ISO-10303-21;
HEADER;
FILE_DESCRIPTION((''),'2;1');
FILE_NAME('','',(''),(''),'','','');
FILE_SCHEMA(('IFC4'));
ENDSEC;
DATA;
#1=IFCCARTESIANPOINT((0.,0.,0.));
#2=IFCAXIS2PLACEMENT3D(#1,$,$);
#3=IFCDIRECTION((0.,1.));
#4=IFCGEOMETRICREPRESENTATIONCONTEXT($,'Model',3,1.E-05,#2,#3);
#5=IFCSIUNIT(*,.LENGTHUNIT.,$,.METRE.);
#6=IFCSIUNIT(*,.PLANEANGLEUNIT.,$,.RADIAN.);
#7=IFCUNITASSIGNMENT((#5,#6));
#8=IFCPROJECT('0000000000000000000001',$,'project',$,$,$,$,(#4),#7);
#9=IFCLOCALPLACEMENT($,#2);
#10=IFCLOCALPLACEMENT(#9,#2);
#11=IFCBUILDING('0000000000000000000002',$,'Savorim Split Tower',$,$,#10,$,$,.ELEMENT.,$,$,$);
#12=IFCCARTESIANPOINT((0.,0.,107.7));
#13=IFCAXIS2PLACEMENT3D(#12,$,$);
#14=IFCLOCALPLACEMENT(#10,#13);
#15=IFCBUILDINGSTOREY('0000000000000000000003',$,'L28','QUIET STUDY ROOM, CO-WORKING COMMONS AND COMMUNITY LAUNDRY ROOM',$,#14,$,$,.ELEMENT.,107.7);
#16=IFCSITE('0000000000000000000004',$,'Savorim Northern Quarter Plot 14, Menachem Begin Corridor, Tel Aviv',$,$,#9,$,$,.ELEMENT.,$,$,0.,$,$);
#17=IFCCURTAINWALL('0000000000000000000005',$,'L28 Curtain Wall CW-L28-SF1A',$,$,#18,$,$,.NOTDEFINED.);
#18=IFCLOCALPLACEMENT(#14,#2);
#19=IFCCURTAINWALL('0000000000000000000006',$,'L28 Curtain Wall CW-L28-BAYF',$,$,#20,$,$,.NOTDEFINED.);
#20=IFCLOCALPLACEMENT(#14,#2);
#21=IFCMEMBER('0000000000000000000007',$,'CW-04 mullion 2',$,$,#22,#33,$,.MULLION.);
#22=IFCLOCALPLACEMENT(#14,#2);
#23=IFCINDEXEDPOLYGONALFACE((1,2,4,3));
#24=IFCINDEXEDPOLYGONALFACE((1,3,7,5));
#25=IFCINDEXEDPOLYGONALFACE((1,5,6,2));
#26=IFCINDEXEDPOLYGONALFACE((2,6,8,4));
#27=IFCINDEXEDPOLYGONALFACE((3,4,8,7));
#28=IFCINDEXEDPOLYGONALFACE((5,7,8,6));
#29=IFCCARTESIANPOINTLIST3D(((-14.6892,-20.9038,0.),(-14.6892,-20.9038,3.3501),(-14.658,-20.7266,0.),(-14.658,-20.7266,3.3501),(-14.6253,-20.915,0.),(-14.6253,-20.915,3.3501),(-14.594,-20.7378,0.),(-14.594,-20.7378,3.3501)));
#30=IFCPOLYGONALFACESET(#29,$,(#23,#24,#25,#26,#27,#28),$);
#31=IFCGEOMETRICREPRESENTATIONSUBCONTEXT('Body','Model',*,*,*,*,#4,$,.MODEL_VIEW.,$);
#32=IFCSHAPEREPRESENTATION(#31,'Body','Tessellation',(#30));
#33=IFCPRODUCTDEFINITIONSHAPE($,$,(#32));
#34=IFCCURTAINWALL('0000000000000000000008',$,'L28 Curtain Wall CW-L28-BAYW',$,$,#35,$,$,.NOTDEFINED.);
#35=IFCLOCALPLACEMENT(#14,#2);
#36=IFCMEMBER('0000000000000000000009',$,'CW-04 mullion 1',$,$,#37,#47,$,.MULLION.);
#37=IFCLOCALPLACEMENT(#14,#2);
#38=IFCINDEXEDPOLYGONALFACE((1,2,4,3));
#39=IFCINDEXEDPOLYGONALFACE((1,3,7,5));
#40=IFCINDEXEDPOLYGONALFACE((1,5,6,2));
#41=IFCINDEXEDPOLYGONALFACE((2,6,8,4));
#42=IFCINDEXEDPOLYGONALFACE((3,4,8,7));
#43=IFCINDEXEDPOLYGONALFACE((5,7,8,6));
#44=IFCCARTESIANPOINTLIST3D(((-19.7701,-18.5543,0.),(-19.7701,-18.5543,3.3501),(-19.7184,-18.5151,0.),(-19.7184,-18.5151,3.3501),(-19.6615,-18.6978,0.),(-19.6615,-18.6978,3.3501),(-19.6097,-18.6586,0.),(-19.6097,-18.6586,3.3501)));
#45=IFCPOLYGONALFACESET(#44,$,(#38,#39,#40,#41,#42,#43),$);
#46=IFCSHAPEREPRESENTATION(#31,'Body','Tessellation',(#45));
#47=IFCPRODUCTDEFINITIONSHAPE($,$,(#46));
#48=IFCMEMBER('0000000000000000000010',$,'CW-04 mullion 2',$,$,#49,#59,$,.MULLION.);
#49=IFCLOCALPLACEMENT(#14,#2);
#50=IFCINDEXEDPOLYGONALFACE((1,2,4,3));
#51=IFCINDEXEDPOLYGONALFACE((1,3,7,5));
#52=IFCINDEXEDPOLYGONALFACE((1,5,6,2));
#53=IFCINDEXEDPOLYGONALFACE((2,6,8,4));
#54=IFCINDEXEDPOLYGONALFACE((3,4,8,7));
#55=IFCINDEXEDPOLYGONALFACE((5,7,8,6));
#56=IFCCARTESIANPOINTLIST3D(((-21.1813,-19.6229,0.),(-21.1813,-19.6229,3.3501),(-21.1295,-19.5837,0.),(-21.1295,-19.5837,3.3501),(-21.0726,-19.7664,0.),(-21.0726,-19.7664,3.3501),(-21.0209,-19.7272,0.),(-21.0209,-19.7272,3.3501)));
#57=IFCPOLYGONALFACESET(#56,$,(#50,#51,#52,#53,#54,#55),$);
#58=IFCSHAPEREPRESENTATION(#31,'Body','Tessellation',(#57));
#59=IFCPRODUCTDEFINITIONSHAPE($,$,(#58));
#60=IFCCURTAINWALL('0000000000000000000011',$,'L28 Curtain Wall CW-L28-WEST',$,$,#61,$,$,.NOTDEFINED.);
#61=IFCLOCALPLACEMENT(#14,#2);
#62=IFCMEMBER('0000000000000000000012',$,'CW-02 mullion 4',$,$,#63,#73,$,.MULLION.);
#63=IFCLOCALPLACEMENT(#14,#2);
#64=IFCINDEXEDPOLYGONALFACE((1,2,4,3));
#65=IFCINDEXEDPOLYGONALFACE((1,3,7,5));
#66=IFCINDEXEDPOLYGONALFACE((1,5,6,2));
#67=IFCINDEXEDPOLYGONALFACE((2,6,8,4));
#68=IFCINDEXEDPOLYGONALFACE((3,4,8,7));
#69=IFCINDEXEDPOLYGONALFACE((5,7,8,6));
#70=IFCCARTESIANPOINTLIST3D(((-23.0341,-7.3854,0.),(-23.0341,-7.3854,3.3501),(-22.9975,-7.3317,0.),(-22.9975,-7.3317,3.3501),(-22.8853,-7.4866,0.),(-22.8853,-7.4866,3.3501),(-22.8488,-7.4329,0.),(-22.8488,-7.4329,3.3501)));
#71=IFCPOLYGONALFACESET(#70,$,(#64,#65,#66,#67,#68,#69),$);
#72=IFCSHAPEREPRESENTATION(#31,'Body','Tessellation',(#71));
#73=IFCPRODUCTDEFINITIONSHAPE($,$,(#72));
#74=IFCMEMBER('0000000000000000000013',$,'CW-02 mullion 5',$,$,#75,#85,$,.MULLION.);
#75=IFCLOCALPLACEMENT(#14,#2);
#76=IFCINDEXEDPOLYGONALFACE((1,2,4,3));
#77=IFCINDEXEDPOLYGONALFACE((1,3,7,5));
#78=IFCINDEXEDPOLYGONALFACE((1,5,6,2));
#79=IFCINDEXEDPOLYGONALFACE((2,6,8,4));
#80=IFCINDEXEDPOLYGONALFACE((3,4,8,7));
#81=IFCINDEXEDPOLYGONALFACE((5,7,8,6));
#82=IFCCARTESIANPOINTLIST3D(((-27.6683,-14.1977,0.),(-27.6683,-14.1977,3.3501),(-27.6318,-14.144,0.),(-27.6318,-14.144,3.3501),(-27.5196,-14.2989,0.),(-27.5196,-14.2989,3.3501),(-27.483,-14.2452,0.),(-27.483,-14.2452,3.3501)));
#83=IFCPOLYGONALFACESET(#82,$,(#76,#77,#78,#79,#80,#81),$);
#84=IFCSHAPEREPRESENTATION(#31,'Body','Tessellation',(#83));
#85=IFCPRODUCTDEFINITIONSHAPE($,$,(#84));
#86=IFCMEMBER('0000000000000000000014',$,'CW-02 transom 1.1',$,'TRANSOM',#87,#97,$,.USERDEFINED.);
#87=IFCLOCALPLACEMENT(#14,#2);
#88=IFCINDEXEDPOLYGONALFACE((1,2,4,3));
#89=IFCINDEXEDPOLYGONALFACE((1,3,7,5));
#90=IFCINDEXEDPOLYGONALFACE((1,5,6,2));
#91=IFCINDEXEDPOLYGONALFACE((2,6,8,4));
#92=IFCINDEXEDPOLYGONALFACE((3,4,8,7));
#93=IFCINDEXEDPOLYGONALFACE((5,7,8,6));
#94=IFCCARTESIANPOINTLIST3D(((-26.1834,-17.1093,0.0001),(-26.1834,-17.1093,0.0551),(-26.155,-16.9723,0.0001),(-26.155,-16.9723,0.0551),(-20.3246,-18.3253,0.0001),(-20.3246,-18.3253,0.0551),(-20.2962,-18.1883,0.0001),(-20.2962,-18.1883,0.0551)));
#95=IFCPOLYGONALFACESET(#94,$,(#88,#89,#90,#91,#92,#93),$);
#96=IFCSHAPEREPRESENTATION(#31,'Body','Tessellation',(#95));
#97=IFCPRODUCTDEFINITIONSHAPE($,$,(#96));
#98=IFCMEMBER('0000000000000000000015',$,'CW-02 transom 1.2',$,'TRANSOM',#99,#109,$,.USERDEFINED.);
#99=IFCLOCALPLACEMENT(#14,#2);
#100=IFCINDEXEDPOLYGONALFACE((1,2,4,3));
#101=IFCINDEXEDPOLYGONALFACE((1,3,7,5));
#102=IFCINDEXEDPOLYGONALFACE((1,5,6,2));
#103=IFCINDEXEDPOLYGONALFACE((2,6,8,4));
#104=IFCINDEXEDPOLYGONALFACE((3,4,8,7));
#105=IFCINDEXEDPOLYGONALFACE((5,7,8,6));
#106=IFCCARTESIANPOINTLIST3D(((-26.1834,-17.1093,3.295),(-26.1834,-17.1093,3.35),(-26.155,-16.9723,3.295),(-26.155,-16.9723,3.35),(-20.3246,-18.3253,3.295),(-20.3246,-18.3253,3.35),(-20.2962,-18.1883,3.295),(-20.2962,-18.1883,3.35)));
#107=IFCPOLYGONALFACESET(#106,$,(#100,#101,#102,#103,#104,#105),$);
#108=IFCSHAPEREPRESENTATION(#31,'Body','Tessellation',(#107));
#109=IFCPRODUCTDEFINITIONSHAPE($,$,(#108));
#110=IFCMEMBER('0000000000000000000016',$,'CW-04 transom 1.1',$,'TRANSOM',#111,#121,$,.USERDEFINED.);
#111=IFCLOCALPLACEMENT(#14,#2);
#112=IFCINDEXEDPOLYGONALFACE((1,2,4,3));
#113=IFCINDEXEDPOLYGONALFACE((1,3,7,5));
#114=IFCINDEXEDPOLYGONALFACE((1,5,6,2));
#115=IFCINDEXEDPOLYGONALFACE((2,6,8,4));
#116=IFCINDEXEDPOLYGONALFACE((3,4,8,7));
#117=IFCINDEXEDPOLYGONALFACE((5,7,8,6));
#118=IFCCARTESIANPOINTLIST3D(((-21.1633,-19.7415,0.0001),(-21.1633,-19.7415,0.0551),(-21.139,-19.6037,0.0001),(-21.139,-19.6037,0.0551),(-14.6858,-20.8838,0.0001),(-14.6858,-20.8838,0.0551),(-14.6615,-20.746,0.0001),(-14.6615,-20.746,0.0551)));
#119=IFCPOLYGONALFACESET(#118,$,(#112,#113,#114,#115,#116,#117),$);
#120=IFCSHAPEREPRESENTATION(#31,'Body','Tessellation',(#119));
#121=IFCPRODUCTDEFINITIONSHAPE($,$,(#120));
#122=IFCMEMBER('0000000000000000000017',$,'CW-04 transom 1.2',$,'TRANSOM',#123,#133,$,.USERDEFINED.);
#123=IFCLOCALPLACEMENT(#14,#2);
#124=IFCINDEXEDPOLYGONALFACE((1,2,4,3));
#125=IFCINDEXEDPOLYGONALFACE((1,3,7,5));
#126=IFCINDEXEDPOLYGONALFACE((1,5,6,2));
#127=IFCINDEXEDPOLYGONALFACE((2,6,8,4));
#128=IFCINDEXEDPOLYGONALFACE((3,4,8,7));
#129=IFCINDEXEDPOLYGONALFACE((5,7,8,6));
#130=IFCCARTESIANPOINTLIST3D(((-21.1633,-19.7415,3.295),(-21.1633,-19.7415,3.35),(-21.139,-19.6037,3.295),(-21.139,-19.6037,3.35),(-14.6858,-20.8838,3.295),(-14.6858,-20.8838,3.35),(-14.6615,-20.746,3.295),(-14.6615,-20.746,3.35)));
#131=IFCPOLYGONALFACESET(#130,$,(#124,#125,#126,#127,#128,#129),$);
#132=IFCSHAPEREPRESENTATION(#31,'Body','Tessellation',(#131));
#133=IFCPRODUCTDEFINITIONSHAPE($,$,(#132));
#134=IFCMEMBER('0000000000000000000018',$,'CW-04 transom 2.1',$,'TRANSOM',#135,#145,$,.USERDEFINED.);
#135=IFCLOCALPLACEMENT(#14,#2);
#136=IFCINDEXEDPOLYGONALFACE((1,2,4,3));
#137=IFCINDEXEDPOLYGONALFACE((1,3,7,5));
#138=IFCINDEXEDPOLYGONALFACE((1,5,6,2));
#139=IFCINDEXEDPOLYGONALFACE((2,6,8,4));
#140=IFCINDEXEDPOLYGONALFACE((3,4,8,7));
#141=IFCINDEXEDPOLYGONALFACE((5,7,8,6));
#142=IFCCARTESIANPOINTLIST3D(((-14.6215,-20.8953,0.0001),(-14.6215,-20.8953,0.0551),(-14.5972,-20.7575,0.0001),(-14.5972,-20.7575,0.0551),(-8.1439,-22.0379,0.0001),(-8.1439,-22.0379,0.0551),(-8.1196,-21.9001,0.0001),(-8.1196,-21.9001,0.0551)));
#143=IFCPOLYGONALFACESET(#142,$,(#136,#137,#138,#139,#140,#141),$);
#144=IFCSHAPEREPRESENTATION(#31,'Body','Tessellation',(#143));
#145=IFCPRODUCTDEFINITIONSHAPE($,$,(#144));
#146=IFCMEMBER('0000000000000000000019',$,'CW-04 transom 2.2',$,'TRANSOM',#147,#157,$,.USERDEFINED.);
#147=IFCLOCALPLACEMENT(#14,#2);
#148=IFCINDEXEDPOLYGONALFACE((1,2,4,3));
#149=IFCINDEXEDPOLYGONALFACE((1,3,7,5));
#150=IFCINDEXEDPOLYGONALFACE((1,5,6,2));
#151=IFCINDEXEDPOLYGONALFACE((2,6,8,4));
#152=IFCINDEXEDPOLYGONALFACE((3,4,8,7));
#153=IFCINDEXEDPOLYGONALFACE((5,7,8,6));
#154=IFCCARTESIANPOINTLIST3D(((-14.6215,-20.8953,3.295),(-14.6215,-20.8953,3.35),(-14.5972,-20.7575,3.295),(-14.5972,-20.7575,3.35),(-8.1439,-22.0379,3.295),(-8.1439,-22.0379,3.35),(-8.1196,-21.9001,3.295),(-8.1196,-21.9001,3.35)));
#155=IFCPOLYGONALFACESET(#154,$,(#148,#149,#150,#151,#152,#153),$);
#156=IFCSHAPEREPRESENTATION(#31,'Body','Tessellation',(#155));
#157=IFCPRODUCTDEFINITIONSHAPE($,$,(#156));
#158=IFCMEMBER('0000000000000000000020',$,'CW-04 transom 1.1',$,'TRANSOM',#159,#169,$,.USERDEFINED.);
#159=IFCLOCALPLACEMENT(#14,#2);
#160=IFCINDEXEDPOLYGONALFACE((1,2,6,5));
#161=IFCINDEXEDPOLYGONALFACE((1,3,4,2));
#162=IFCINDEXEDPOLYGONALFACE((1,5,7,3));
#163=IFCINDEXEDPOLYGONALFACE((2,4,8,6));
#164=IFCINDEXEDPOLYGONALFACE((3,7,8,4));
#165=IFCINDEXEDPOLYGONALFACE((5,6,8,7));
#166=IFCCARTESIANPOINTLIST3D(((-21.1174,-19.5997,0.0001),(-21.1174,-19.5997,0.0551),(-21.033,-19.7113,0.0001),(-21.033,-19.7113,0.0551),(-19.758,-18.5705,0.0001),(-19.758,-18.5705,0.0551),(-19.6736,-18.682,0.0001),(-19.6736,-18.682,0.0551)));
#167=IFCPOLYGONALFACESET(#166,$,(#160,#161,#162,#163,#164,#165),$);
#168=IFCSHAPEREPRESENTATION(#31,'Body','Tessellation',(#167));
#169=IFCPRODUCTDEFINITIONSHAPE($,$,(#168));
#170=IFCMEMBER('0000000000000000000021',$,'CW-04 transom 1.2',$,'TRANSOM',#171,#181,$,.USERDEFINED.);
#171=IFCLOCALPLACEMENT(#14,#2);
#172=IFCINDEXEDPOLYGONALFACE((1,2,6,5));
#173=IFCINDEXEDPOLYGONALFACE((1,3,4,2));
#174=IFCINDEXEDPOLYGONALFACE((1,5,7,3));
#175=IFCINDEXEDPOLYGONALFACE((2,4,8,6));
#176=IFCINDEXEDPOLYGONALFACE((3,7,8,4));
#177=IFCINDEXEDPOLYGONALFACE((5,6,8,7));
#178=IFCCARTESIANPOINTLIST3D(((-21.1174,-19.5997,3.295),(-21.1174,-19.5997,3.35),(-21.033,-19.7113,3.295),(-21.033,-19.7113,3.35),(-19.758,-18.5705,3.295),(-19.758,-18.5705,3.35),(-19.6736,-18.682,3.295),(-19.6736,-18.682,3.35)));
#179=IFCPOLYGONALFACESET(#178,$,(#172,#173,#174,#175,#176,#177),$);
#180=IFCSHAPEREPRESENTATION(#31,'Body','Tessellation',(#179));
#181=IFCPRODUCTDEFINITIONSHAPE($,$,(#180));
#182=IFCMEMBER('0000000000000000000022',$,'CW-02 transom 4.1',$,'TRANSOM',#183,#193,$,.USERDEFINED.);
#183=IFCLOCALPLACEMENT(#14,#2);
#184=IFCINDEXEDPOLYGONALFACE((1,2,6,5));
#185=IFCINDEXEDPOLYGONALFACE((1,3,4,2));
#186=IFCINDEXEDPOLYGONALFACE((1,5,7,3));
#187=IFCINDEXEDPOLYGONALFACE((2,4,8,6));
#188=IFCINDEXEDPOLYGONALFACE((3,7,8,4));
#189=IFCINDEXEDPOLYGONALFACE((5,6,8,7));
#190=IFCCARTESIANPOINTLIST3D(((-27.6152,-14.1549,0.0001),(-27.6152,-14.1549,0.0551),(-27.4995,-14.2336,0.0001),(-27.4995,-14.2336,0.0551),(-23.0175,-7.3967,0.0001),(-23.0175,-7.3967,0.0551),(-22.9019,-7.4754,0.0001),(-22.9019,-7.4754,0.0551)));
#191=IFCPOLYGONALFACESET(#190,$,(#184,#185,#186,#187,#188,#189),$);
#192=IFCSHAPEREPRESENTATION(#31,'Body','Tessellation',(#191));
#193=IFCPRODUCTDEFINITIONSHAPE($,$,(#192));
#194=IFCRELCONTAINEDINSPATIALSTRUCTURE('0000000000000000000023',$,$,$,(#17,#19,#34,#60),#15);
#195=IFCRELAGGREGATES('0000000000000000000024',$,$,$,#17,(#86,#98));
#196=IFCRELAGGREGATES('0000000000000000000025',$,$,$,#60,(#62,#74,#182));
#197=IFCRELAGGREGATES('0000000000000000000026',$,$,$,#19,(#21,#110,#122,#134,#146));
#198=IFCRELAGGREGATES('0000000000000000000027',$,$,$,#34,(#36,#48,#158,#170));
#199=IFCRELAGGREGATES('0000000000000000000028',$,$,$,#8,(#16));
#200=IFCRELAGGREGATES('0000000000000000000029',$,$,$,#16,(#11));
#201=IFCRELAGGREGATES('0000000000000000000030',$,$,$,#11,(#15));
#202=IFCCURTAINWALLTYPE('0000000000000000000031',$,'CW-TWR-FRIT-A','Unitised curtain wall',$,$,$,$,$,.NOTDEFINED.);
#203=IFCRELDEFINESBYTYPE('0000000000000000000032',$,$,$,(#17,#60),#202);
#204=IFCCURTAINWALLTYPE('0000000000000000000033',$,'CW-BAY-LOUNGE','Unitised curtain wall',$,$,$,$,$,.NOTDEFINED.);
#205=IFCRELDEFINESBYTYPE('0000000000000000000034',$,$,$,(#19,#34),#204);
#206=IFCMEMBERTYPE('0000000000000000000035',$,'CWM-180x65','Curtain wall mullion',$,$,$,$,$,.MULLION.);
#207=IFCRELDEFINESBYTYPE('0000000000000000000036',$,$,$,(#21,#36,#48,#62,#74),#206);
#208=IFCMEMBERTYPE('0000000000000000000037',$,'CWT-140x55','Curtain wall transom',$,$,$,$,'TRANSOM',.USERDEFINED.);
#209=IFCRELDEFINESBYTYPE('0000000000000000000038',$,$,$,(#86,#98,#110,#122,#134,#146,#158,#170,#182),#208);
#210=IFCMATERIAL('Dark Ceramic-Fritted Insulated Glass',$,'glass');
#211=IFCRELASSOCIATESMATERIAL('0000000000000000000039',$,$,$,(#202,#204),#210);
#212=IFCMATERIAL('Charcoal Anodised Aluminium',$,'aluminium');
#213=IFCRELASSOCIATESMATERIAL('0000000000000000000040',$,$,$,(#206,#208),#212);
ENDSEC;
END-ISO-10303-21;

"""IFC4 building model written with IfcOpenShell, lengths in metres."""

from ifc_helpers import new_model, si_unit, direction, frame, origin, origin_2d, place, context, subcontext, project, spatial, rectangle, extrude, material, material_profile, profile_set, type_object, element, aggregate, save


model = new_model("IFC4")

# Units and contexts
model_context = context("Model", 3, precision=1e-05, world=origin(), true_north=direction((0.0, 1.0)))
body_context = subcontext(model_context, "Body", "Model", "MODEL_VIEW")
ifc_project = project(units=[si_unit("LENGTHUNIT", "METRE"), si_unit("PLANEANGLEUNIT", "RADIAN")], contexts=[model_context])

# Site, building, storey
site_placement = place(None, origin())
site = spatial("IfcSite", under=ifc_project, at=site_placement, Name="Savorim Northern Quarter Plot 14, Menachem Begin Corridor, Tel Aviv", CompositionType="ELEMENT", RefElevation=0.0)
building_placement = place(site_placement, origin())
building = spatial("IfcBuilding", under=site, at=building_placement, Name="Savorim Split Tower", CompositionType="ELEMENT")
storey_placement = place(building_placement, frame((0.0, 0.0, 107.7)))
storey = spatial("IfcBuildingStorey", under=building, at=storey_placement, Name="L28", Description="QUIET STUDY ROOM, CO-WORKING COMMONS AND COMMUNITY LAUNDRY ROOM", CompositionType="ELEMENT", Elevation=107.7)

# Curtain walls, members
ifc_material_1 = material(Name="Dark Ceramic-Fritted Insulated Glass", Category="glass")
curtain_wall_type_1 = type_object("IfcCurtainWallType", Name="CW-TWR-FRIT-A", Description="Unitised curtain wall", PredefinedType="NOTDEFINED", material=ifc_material_1)
curtain_wall_1_placement = place(storey_placement, origin())
curtain_wall_1 = element("IfcCurtainWall", 1, at=curtain_wall_1_placement, inside=storey, type_object=curtain_wall_type_1, Name="L28 Curtain Wall CW-L28-SF1A", PredefinedType="NOTDEFINED")
ifc_material_2 = material(Name="Charcoal Anodised Aluminium", Category="aluminium")
ifc_material_profile_1 = material_profile(ifc_material_2, rectangle(XDim=0.1799, YDim=0.0649, at=origin_2d()), Name="ALU-M 180x65")
ifc_profile_set_1 = profile_set([ifc_material_profile_1], Name="Charcoal Anodised Aluminium")
member_type_1 = type_object("IfcMemberType", Name="CWM-180x65", Description="Curtain wall mullion", PredefinedType="MULLION", material=ifc_profile_set_1)
curtain_wall_type_2 = type_object("IfcCurtainWallType", Name="CW-BAY-LOUNGE", Description="Unitised curtain wall", PredefinedType="NOTDEFINED", material=ifc_material_1)
curtain_wall_2_placement = place(storey_placement, origin())
curtain_wall_2 = element("IfcCurtainWall", 2, at=curtain_wall_2_placement, inside=storey, type_object=curtain_wall_type_2, Name="L28 Curtain Wall CW-L28-BAYF", PredefinedType="NOTDEFINED")
member_1_placement = place(storey_placement, frame((-14.6416, -20.8208, 0.0), z_axis=(0.0, 0.0, 1.0), x_axis=(0.173703, 0.984798, 0.0)))
member_1 = element("IfcMember", 3, at=member_1_placement, type_object=member_type_1, Name="CW-04 mullion 2", PredefinedType="MULLION", context=body_context, shape_type="SweptSolid", body=[
    extrude(rectangle(XDim=0.1799, YDim=0.0649, at=origin_2d()), origin(), (0.0, 0.0, 1.0), 3.3501),
])
curtain_wall_3_placement = place(storey_placement, origin())
curtain_wall_3 = element("IfcCurtainWall", 4, at=curtain_wall_3_placement, inside=storey, type_object=curtain_wall_type_2, Name="L28 Curtain Wall CW-L28-BAYW", PredefinedType="NOTDEFINED")
member_2_placement = place(storey_placement, frame((-19.6899, -18.6064, 0.0), z_axis=(0.0, 0.0, 1.0), x_axis=(0.603725, -0.797192, 0.0)))
member_2 = element("IfcMember", 5, at=member_2_placement, type_object=member_type_1, Name="CW-04 mullion 1", PredefinedType="MULLION", context=body_context, shape_type="SweptSolid", body=[
    extrude(rectangle(XDim=0.1799, YDim=0.0649, at=origin_2d()), origin(), (0.0, 0.0, 1.0), 3.3501),
])
member_3_placement = place(storey_placement, frame((-21.1011, -19.675, 0.0), z_axis=(0.0, 0.0, 1.0), x_axis=(0.603725, -0.797192, 0.0)))
member_3 = element("IfcMember", 6, at=member_3_placement, type_object=member_type_1, Name="CW-04 mullion 2", PredefinedType="MULLION", context=body_context, shape_type="SweptSolid", body=[
    extrude(rectangle(XDim=0.1799, YDim=0.0649, at=origin_2d()), origin(), (0.0, 0.0, 1.0), 3.3501),
])
curtain_wall_4_placement = place(storey_placement, origin())
curtain_wall_4 = element("IfcCurtainWall", 7, at=curtain_wall_4_placement, inside=storey, type_object=curtain_wall_type_1, Name="L28 Curtain Wall CW-L28-WEST", PredefinedType="NOTDEFINED")
member_4_placement = place(storey_placement, frame((-22.9414, -7.4092, 0.0), z_axis=(0.0, 0.0, 1.0), x_axis=(0.82682, -0.562467, 0.0)))
member_4 = element("IfcMember", 8, at=member_4_placement, type_object=member_type_1, Name="CW-02 mullion 4", PredefinedType="MULLION", context=body_context, shape_type="SweptSolid", body=[
    extrude(rectangle(XDim=0.1799, YDim=0.0649, at=origin_2d()), origin(), (0.0, 0.0, 1.0), 3.3501),
])
member_5_placement = place(storey_placement, frame((-27.5757, -14.2214, 0.0), z_axis=(0.0, 0.0, 1.0), x_axis=(0.82682, -0.562467, 0.0)))
member_5 = element("IfcMember", 9, at=member_5_placement, type_object=member_type_1, Name="CW-02 mullion 5", PredefinedType="MULLION", context=body_context, shape_type="SweptSolid", body=[
    extrude(rectangle(XDim=0.1799, YDim=0.0649, at=origin_2d()), origin(), (0.0, 0.0, 1.0), 3.3501),
])

# Members
ifc_material_profile_2 = material_profile(ifc_material_2, rectangle(XDim=0.1399, YDim=0.0549, at=origin_2d()), Name="ALU-T 140x55")
ifc_profile_set_2 = profile_set([ifc_material_profile_2], Name="Charcoal Anodised Aluminium")
member_type_2 = type_object("IfcMemberType", Name="CWT-140x55", Description="Curtain wall transom", ElementType="TRANSOM", PredefinedType="USERDEFINED", material=ifc_profile_set_2)
member_6_placement = place(storey_placement, frame((-26.1692, -17.0408, 0.0276), z_axis=(0.979132, -0.203228, 0.0), x_axis=(0.203228, 0.979132, 0.0)))
member_6 = element("IfcMember", 10, at=member_6_placement, type_object=member_type_2, Name="CW-02 transom 1.1", ObjectType="TRANSOM", PredefinedType="USERDEFINED", context=body_context, shape_type="SweptSolid", body=[
    extrude(rectangle(XDim=0.1399, YDim=0.0549, at=origin_2d()), origin(), (0.0, 0.0, 1.0), 5.9836),
])
member_7_placement = place(storey_placement, frame((-26.1692, -17.0408, 3.3225), z_axis=(0.979132, -0.203228, 0.0), x_axis=(0.203228, 0.979132, 0.0)))
member_7 = element("IfcMember", 11, at=member_7_placement, type_object=member_type_2, Name="CW-02 transom 1.2", ObjectType="TRANSOM", PredefinedType="USERDEFINED", context=body_context, shape_type="SweptSolid", body=[
    extrude(rectangle(XDim=0.1399, YDim=0.0549, at=origin_2d()), origin(), (0.0, 0.0, 1.0), 5.9836),
])
member_8_placement = place(storey_placement, frame((-21.1511, -19.6726, 0.0276), z_axis=(0.984803, -0.173673, 0.0), x_axis=(0.173673, 0.984803, 0.0)))
member_8 = element("IfcMember", 12, at=member_8_placement, type_object=member_type_2, Name="CW-04 transom 1.1", ObjectType="TRANSOM", PredefinedType="USERDEFINED", context=body_context, shape_type="SweptSolid", body=[
    extrude(rectangle(XDim=0.1399, YDim=0.0549, at=origin_2d()), origin(), (0.0, 0.0, 1.0), 6.5774),
])
member_9_placement = place(storey_placement, frame((-21.1511, -19.6726, 3.3225), z_axis=(0.984803, -0.173673, 0.0), x_axis=(0.173673, 0.984803, 0.0)))
member_9 = element("IfcMember", 13, at=member_9_placement, type_object=member_type_2, Name="CW-04 transom 1.2", ObjectType="TRANSOM", PredefinedType="USERDEFINED", context=body_context, shape_type="SweptSolid", body=[
    extrude(rectangle(XDim=0.1399, YDim=0.0549, at=origin_2d()), origin(), (0.0, 0.0, 1.0), 6.5774),
])
member_10_placement = place(storey_placement, frame((-14.6094, -20.8264, 0.0276), z_axis=(0.984797, -0.173709, 0.0), x_axis=(0.173709, 0.984797, 0.0)))
member_10 = element("IfcMember", 14, at=member_10_placement, type_object=member_type_2, Name="CW-04 transom 2.1", ObjectType="TRANSOM", PredefinedType="USERDEFINED", context=body_context, shape_type="SweptSolid", body=[
    extrude(rectangle(XDim=0.1399, YDim=0.0549, at=origin_2d()), origin(), (0.0, 0.0, 1.0), 6.5776),
])
member_11_placement = place(storey_placement, frame((-14.6094, -20.8264, 3.3225), z_axis=(0.984797, -0.173709, 0.0), x_axis=(0.173709, 0.984797, 0.0)))
member_11 = element("IfcMember", 15, at=member_11_placement, type_object=member_type_2, Name="CW-04 transom 2.2", ObjectType="TRANSOM", PredefinedType="USERDEFINED", context=body_context, shape_type="SweptSolid", body=[
    extrude(rectangle(XDim=0.1399, YDim=0.0549, at=origin_2d()), origin(), (0.0, 0.0, 1.0), 6.5776),
])
member_12_placement = place(storey_placement, frame((-19.7158, -18.6262, 0.0276), z_axis=(-0.797242, -0.603659, 0.0), x_axis=(0.603659, -0.797242, 0.0)))
member_12 = element("IfcMember", 16, at=member_12_placement, type_object=member_type_2, Name="CW-04 transom 1.1", ObjectType="TRANSOM", PredefinedType="USERDEFINED", context=body_context, shape_type="SweptSolid", body=[
    extrude(rectangle(XDim=0.1399, YDim=0.0549, at=origin_2d()), origin(), (0.0, 0.0, 1.0), 1.7051),
])
member_13_placement = place(storey_placement, frame((-19.7158, -18.6262, 3.3225), z_axis=(-0.797242, -0.603659, 0.0), x_axis=(0.603659, -0.797242, 0.0)))
member_13 = element("IfcMember", 17, at=member_13_placement, type_object=member_type_2, Name="CW-04 transom 1.2", ObjectType="TRANSOM", PredefinedType="USERDEFINED", context=body_context, shape_type="SweptSolid", body=[
    extrude(rectangle(XDim=0.1399, YDim=0.0549, at=origin_2d()), origin(), (0.0, 0.0, 1.0), 1.7051),
])
member_14_placement = place(storey_placement, frame((-22.9597, -7.436, 0.0276), z_axis=(-0.562478, -0.826812, 0.0), x_axis=(0.826812, -0.562478, 0.0)))
member_14 = element("IfcMember", 18, at=member_14_placement, type_object=member_type_2, Name="CW-02 transom 4.1", ObjectType="TRANSOM", PredefinedType="USERDEFINED", context=body_context, shape_type="SweptSolid", body=[
    extrude(rectangle(XDim=0.1399, YDim=0.0549, at=origin_2d()), origin(), (0.0, 0.0, 1.0), 8.1738),
])

aggregate(curtain_wall_1, [member_6, member_7])
aggregate(curtain_wall_4, [member_4, member_5, member_14])
aggregate(curtain_wall_2, [member_1, member_8, member_9, member_10, member_11])
aggregate(curtain_wall_3, [member_2, member_3, member_12, member_13])

save(model, "model.ifc")
